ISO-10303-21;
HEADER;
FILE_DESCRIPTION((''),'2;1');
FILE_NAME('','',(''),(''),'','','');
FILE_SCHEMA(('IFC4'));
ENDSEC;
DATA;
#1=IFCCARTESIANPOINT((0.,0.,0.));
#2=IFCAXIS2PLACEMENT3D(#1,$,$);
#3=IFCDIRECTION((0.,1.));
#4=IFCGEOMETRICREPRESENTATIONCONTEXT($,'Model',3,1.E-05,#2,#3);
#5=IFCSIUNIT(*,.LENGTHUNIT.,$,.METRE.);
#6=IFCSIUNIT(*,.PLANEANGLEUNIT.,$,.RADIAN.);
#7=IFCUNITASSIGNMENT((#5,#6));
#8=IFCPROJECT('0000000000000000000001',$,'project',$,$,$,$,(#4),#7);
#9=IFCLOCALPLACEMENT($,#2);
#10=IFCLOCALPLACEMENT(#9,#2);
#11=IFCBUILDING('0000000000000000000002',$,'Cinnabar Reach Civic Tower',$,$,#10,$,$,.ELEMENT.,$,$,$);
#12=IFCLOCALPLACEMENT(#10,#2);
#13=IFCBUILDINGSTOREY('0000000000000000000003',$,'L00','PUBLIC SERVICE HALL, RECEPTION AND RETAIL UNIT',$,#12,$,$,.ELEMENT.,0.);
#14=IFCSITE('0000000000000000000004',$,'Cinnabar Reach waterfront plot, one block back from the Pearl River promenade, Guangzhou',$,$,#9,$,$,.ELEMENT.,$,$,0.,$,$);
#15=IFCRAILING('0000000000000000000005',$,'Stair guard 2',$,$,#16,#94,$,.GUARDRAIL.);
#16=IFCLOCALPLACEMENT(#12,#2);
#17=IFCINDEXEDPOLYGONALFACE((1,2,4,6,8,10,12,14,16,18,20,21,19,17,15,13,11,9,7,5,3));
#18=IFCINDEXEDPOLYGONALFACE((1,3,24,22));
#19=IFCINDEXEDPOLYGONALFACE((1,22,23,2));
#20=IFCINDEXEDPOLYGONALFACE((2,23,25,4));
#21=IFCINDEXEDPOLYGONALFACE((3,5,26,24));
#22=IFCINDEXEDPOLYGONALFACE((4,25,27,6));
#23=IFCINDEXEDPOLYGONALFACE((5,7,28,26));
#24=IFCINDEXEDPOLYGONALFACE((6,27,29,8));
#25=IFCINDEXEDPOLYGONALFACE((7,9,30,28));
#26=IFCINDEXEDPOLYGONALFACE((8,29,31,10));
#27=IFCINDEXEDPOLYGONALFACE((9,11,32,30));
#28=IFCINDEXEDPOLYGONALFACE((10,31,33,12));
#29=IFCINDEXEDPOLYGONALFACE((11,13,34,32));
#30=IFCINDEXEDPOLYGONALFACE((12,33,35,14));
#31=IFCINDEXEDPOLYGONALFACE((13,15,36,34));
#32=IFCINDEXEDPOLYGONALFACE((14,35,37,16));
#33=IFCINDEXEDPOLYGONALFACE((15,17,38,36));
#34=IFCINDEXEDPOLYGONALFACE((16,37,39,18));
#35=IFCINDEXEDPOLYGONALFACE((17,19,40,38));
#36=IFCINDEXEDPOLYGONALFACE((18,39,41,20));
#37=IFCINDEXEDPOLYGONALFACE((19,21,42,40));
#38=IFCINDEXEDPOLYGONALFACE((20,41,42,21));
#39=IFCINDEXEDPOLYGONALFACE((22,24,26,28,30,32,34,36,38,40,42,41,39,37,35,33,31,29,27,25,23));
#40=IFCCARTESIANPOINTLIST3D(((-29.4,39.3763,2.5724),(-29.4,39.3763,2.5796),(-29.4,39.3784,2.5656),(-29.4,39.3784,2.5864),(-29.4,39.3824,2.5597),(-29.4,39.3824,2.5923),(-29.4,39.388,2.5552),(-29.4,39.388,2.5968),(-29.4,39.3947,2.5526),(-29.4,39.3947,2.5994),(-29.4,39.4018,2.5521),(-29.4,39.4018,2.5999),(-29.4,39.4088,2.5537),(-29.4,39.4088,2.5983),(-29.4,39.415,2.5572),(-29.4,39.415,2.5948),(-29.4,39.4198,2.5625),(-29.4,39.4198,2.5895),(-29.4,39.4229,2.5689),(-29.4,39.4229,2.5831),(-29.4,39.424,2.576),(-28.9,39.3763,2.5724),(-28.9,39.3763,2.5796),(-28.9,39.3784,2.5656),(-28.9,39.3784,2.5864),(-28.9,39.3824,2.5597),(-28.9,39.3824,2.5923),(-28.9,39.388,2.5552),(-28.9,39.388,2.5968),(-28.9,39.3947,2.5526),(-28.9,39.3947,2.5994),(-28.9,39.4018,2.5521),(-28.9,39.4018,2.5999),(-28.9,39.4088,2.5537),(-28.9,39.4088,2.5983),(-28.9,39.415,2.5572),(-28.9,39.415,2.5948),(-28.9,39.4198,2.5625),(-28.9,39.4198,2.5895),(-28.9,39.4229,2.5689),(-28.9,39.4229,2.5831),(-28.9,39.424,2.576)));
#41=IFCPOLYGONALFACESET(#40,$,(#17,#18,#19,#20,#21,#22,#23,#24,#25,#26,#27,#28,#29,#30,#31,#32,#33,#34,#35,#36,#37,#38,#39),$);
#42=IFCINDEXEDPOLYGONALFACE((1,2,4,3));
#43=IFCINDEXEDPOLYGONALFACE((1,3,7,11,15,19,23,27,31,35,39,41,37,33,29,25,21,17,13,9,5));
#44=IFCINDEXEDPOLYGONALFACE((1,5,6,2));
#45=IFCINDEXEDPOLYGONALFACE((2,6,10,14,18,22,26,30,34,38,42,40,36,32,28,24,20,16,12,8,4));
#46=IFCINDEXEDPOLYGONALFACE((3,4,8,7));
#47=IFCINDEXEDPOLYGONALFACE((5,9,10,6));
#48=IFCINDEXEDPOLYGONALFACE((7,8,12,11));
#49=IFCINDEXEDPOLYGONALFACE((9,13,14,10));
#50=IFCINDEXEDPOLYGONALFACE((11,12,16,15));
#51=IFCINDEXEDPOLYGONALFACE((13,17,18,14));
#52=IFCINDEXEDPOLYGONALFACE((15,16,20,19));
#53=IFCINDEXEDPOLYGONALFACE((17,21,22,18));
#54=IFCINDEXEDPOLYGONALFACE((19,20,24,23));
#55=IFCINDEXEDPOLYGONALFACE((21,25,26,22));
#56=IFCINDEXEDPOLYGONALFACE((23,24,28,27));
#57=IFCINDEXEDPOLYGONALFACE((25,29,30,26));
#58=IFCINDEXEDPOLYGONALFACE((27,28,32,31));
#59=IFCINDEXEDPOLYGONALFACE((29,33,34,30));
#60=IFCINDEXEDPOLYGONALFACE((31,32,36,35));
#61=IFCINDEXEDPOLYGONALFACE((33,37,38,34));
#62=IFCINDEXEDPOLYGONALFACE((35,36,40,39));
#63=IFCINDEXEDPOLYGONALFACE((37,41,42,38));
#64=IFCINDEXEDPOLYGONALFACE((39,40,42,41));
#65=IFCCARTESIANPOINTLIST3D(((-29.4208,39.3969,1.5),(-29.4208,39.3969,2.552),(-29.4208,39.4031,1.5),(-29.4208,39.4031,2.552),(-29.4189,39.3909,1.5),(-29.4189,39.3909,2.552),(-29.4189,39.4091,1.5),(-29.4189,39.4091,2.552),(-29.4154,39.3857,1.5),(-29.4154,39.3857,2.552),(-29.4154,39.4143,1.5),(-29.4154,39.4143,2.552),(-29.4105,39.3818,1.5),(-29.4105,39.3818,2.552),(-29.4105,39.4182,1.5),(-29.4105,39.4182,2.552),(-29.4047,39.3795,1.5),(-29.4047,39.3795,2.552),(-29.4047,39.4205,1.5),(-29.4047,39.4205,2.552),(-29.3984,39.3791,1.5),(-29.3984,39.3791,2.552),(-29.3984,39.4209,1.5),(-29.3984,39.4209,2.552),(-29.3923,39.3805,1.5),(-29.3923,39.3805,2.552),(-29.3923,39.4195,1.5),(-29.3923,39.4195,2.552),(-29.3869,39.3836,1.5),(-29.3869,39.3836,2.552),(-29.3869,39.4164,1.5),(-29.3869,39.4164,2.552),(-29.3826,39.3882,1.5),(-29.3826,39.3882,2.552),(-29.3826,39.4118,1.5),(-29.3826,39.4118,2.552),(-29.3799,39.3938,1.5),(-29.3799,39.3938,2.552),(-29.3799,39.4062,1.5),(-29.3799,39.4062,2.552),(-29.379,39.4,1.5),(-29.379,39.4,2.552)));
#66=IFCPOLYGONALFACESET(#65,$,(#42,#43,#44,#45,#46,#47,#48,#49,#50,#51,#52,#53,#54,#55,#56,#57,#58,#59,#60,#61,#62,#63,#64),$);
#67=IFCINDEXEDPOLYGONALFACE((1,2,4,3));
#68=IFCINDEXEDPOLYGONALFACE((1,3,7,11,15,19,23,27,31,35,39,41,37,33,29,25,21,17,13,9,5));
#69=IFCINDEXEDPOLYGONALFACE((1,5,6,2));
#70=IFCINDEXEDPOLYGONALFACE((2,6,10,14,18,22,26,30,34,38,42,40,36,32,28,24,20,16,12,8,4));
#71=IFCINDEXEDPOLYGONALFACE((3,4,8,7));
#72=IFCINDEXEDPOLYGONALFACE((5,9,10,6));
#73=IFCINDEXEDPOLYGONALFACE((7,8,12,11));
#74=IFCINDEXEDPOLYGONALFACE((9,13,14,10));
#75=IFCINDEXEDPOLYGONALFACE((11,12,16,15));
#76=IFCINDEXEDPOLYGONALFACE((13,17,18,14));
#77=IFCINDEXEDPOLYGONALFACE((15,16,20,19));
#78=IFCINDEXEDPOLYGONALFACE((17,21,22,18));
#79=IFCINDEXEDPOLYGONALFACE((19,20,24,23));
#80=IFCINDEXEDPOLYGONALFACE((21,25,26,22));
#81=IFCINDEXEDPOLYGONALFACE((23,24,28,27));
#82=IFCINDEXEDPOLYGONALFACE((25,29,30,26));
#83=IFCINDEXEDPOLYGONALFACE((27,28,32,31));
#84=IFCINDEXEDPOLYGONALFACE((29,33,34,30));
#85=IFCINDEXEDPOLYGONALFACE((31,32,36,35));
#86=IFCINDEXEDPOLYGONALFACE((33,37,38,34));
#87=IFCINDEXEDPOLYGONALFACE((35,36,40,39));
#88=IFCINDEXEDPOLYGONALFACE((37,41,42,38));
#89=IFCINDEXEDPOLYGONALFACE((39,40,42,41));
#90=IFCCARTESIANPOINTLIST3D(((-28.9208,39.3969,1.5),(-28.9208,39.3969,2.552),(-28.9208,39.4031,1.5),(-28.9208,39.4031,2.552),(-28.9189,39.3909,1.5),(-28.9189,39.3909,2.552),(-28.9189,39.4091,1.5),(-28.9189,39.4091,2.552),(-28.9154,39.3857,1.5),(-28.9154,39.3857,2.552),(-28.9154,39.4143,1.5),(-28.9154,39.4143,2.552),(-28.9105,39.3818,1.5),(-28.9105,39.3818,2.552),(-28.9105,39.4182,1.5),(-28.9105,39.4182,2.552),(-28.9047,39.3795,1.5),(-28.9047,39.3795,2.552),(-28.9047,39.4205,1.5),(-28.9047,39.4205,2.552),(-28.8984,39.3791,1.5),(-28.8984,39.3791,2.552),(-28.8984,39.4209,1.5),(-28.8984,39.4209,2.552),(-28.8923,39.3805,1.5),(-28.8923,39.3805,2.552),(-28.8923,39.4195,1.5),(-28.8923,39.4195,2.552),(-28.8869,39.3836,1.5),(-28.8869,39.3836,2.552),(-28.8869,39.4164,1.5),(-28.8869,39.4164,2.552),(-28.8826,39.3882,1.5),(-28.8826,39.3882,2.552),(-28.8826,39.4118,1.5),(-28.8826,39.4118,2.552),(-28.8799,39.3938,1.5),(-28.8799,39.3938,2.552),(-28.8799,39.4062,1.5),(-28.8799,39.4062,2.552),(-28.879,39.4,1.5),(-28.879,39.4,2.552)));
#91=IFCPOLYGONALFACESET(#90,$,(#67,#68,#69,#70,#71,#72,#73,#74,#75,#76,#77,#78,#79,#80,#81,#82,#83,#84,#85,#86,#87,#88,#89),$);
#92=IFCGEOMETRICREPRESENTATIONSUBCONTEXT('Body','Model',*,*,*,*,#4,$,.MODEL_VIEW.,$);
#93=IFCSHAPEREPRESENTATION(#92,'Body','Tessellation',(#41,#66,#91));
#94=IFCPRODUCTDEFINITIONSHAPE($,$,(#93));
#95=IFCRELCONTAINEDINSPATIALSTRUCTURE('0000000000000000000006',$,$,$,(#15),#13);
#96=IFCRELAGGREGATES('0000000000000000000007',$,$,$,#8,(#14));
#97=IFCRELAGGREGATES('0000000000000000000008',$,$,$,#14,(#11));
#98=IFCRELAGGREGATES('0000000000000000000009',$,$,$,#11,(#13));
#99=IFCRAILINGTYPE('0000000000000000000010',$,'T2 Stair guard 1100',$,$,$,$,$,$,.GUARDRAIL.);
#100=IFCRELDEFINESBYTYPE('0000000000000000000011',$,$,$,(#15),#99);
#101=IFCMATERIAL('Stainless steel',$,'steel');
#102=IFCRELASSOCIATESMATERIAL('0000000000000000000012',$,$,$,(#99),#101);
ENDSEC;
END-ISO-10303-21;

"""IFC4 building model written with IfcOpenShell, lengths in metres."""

from ifc_helpers import new_model, si_unit, direction, frame, origin, origin_2d, place, context, subcontext, project, spatial, circle, extrude, material, type_object, element, save


model = new_model("IFC4")

# Units and contexts
model_context = context("Model", 3, precision=1e-05, world=origin(), true_north=direction((0.0, 1.0)))
body_context = subcontext(model_context, "Body", "Model", "MODEL_VIEW")
ifc_project = project(units=[si_unit("LENGTHUNIT", "METRE"), si_unit("PLANEANGLEUNIT", "RADIAN")], contexts=[model_context])

# Site, building, storey
site_placement = place(None, origin())
site = spatial("IfcSite", under=ifc_project, at=site_placement, Name="Cinnabar Reach waterfront plot, one block back from the Pearl River promenade, Guangzhou", CompositionType="ELEMENT", RefElevation=0.0)
building_placement = place(site_placement, origin())
building = spatial("IfcBuilding", under=site, at=building_placement, Name="Cinnabar Reach Civic Tower", CompositionType="ELEMENT")
storey_placement = place(building_placement, origin())
storey = spatial("IfcBuildingStorey", under=building, at=storey_placement, Name="L00", Description="PUBLIC SERVICE HALL, RECEPTION AND RETAIL UNIT", CompositionType="ELEMENT", Elevation=0.0)

# Railing
ifc_material_1 = material(Name="Stainless steel", Category="steel")
railing_type = type_object("IfcRailingType", Name="T2 Stair guard 1100", PredefinedType="GUARDRAIL", material=ifc_material_1)
for number, where, name in (
    (1, (-29.4, 39.4, 1.5), "Stair guard 2"),
):
    element("IfcRailing", number, at=place(storey_placement, frame(where)), inside=storey, type_object=railing_type, Name=name, PredefinedType="GUARDRAIL", context=body_context, shape_type="SweptSolid", body=[
        extrude(circle(Radius=0.024, at=origin_2d()), frame((0.0, 0.0, 1.076), z_axis=(1.0, 0.0, 0.0), x_axis=(0.0, 1.0, 0.0)), (0.0, 0.0, 1.0), 0.5),
        extrude(circle(Radius=0.021, at=origin_2d()), origin(), (0.0, 0.0, 1.0), 1.052),
        extrude(circle(Radius=0.021, at=origin_2d()), frame((0.5, 0.0, 0.0)), (0.0, 0.0, 1.0), 1.052),
    ])

save(model, "model.ifc")
